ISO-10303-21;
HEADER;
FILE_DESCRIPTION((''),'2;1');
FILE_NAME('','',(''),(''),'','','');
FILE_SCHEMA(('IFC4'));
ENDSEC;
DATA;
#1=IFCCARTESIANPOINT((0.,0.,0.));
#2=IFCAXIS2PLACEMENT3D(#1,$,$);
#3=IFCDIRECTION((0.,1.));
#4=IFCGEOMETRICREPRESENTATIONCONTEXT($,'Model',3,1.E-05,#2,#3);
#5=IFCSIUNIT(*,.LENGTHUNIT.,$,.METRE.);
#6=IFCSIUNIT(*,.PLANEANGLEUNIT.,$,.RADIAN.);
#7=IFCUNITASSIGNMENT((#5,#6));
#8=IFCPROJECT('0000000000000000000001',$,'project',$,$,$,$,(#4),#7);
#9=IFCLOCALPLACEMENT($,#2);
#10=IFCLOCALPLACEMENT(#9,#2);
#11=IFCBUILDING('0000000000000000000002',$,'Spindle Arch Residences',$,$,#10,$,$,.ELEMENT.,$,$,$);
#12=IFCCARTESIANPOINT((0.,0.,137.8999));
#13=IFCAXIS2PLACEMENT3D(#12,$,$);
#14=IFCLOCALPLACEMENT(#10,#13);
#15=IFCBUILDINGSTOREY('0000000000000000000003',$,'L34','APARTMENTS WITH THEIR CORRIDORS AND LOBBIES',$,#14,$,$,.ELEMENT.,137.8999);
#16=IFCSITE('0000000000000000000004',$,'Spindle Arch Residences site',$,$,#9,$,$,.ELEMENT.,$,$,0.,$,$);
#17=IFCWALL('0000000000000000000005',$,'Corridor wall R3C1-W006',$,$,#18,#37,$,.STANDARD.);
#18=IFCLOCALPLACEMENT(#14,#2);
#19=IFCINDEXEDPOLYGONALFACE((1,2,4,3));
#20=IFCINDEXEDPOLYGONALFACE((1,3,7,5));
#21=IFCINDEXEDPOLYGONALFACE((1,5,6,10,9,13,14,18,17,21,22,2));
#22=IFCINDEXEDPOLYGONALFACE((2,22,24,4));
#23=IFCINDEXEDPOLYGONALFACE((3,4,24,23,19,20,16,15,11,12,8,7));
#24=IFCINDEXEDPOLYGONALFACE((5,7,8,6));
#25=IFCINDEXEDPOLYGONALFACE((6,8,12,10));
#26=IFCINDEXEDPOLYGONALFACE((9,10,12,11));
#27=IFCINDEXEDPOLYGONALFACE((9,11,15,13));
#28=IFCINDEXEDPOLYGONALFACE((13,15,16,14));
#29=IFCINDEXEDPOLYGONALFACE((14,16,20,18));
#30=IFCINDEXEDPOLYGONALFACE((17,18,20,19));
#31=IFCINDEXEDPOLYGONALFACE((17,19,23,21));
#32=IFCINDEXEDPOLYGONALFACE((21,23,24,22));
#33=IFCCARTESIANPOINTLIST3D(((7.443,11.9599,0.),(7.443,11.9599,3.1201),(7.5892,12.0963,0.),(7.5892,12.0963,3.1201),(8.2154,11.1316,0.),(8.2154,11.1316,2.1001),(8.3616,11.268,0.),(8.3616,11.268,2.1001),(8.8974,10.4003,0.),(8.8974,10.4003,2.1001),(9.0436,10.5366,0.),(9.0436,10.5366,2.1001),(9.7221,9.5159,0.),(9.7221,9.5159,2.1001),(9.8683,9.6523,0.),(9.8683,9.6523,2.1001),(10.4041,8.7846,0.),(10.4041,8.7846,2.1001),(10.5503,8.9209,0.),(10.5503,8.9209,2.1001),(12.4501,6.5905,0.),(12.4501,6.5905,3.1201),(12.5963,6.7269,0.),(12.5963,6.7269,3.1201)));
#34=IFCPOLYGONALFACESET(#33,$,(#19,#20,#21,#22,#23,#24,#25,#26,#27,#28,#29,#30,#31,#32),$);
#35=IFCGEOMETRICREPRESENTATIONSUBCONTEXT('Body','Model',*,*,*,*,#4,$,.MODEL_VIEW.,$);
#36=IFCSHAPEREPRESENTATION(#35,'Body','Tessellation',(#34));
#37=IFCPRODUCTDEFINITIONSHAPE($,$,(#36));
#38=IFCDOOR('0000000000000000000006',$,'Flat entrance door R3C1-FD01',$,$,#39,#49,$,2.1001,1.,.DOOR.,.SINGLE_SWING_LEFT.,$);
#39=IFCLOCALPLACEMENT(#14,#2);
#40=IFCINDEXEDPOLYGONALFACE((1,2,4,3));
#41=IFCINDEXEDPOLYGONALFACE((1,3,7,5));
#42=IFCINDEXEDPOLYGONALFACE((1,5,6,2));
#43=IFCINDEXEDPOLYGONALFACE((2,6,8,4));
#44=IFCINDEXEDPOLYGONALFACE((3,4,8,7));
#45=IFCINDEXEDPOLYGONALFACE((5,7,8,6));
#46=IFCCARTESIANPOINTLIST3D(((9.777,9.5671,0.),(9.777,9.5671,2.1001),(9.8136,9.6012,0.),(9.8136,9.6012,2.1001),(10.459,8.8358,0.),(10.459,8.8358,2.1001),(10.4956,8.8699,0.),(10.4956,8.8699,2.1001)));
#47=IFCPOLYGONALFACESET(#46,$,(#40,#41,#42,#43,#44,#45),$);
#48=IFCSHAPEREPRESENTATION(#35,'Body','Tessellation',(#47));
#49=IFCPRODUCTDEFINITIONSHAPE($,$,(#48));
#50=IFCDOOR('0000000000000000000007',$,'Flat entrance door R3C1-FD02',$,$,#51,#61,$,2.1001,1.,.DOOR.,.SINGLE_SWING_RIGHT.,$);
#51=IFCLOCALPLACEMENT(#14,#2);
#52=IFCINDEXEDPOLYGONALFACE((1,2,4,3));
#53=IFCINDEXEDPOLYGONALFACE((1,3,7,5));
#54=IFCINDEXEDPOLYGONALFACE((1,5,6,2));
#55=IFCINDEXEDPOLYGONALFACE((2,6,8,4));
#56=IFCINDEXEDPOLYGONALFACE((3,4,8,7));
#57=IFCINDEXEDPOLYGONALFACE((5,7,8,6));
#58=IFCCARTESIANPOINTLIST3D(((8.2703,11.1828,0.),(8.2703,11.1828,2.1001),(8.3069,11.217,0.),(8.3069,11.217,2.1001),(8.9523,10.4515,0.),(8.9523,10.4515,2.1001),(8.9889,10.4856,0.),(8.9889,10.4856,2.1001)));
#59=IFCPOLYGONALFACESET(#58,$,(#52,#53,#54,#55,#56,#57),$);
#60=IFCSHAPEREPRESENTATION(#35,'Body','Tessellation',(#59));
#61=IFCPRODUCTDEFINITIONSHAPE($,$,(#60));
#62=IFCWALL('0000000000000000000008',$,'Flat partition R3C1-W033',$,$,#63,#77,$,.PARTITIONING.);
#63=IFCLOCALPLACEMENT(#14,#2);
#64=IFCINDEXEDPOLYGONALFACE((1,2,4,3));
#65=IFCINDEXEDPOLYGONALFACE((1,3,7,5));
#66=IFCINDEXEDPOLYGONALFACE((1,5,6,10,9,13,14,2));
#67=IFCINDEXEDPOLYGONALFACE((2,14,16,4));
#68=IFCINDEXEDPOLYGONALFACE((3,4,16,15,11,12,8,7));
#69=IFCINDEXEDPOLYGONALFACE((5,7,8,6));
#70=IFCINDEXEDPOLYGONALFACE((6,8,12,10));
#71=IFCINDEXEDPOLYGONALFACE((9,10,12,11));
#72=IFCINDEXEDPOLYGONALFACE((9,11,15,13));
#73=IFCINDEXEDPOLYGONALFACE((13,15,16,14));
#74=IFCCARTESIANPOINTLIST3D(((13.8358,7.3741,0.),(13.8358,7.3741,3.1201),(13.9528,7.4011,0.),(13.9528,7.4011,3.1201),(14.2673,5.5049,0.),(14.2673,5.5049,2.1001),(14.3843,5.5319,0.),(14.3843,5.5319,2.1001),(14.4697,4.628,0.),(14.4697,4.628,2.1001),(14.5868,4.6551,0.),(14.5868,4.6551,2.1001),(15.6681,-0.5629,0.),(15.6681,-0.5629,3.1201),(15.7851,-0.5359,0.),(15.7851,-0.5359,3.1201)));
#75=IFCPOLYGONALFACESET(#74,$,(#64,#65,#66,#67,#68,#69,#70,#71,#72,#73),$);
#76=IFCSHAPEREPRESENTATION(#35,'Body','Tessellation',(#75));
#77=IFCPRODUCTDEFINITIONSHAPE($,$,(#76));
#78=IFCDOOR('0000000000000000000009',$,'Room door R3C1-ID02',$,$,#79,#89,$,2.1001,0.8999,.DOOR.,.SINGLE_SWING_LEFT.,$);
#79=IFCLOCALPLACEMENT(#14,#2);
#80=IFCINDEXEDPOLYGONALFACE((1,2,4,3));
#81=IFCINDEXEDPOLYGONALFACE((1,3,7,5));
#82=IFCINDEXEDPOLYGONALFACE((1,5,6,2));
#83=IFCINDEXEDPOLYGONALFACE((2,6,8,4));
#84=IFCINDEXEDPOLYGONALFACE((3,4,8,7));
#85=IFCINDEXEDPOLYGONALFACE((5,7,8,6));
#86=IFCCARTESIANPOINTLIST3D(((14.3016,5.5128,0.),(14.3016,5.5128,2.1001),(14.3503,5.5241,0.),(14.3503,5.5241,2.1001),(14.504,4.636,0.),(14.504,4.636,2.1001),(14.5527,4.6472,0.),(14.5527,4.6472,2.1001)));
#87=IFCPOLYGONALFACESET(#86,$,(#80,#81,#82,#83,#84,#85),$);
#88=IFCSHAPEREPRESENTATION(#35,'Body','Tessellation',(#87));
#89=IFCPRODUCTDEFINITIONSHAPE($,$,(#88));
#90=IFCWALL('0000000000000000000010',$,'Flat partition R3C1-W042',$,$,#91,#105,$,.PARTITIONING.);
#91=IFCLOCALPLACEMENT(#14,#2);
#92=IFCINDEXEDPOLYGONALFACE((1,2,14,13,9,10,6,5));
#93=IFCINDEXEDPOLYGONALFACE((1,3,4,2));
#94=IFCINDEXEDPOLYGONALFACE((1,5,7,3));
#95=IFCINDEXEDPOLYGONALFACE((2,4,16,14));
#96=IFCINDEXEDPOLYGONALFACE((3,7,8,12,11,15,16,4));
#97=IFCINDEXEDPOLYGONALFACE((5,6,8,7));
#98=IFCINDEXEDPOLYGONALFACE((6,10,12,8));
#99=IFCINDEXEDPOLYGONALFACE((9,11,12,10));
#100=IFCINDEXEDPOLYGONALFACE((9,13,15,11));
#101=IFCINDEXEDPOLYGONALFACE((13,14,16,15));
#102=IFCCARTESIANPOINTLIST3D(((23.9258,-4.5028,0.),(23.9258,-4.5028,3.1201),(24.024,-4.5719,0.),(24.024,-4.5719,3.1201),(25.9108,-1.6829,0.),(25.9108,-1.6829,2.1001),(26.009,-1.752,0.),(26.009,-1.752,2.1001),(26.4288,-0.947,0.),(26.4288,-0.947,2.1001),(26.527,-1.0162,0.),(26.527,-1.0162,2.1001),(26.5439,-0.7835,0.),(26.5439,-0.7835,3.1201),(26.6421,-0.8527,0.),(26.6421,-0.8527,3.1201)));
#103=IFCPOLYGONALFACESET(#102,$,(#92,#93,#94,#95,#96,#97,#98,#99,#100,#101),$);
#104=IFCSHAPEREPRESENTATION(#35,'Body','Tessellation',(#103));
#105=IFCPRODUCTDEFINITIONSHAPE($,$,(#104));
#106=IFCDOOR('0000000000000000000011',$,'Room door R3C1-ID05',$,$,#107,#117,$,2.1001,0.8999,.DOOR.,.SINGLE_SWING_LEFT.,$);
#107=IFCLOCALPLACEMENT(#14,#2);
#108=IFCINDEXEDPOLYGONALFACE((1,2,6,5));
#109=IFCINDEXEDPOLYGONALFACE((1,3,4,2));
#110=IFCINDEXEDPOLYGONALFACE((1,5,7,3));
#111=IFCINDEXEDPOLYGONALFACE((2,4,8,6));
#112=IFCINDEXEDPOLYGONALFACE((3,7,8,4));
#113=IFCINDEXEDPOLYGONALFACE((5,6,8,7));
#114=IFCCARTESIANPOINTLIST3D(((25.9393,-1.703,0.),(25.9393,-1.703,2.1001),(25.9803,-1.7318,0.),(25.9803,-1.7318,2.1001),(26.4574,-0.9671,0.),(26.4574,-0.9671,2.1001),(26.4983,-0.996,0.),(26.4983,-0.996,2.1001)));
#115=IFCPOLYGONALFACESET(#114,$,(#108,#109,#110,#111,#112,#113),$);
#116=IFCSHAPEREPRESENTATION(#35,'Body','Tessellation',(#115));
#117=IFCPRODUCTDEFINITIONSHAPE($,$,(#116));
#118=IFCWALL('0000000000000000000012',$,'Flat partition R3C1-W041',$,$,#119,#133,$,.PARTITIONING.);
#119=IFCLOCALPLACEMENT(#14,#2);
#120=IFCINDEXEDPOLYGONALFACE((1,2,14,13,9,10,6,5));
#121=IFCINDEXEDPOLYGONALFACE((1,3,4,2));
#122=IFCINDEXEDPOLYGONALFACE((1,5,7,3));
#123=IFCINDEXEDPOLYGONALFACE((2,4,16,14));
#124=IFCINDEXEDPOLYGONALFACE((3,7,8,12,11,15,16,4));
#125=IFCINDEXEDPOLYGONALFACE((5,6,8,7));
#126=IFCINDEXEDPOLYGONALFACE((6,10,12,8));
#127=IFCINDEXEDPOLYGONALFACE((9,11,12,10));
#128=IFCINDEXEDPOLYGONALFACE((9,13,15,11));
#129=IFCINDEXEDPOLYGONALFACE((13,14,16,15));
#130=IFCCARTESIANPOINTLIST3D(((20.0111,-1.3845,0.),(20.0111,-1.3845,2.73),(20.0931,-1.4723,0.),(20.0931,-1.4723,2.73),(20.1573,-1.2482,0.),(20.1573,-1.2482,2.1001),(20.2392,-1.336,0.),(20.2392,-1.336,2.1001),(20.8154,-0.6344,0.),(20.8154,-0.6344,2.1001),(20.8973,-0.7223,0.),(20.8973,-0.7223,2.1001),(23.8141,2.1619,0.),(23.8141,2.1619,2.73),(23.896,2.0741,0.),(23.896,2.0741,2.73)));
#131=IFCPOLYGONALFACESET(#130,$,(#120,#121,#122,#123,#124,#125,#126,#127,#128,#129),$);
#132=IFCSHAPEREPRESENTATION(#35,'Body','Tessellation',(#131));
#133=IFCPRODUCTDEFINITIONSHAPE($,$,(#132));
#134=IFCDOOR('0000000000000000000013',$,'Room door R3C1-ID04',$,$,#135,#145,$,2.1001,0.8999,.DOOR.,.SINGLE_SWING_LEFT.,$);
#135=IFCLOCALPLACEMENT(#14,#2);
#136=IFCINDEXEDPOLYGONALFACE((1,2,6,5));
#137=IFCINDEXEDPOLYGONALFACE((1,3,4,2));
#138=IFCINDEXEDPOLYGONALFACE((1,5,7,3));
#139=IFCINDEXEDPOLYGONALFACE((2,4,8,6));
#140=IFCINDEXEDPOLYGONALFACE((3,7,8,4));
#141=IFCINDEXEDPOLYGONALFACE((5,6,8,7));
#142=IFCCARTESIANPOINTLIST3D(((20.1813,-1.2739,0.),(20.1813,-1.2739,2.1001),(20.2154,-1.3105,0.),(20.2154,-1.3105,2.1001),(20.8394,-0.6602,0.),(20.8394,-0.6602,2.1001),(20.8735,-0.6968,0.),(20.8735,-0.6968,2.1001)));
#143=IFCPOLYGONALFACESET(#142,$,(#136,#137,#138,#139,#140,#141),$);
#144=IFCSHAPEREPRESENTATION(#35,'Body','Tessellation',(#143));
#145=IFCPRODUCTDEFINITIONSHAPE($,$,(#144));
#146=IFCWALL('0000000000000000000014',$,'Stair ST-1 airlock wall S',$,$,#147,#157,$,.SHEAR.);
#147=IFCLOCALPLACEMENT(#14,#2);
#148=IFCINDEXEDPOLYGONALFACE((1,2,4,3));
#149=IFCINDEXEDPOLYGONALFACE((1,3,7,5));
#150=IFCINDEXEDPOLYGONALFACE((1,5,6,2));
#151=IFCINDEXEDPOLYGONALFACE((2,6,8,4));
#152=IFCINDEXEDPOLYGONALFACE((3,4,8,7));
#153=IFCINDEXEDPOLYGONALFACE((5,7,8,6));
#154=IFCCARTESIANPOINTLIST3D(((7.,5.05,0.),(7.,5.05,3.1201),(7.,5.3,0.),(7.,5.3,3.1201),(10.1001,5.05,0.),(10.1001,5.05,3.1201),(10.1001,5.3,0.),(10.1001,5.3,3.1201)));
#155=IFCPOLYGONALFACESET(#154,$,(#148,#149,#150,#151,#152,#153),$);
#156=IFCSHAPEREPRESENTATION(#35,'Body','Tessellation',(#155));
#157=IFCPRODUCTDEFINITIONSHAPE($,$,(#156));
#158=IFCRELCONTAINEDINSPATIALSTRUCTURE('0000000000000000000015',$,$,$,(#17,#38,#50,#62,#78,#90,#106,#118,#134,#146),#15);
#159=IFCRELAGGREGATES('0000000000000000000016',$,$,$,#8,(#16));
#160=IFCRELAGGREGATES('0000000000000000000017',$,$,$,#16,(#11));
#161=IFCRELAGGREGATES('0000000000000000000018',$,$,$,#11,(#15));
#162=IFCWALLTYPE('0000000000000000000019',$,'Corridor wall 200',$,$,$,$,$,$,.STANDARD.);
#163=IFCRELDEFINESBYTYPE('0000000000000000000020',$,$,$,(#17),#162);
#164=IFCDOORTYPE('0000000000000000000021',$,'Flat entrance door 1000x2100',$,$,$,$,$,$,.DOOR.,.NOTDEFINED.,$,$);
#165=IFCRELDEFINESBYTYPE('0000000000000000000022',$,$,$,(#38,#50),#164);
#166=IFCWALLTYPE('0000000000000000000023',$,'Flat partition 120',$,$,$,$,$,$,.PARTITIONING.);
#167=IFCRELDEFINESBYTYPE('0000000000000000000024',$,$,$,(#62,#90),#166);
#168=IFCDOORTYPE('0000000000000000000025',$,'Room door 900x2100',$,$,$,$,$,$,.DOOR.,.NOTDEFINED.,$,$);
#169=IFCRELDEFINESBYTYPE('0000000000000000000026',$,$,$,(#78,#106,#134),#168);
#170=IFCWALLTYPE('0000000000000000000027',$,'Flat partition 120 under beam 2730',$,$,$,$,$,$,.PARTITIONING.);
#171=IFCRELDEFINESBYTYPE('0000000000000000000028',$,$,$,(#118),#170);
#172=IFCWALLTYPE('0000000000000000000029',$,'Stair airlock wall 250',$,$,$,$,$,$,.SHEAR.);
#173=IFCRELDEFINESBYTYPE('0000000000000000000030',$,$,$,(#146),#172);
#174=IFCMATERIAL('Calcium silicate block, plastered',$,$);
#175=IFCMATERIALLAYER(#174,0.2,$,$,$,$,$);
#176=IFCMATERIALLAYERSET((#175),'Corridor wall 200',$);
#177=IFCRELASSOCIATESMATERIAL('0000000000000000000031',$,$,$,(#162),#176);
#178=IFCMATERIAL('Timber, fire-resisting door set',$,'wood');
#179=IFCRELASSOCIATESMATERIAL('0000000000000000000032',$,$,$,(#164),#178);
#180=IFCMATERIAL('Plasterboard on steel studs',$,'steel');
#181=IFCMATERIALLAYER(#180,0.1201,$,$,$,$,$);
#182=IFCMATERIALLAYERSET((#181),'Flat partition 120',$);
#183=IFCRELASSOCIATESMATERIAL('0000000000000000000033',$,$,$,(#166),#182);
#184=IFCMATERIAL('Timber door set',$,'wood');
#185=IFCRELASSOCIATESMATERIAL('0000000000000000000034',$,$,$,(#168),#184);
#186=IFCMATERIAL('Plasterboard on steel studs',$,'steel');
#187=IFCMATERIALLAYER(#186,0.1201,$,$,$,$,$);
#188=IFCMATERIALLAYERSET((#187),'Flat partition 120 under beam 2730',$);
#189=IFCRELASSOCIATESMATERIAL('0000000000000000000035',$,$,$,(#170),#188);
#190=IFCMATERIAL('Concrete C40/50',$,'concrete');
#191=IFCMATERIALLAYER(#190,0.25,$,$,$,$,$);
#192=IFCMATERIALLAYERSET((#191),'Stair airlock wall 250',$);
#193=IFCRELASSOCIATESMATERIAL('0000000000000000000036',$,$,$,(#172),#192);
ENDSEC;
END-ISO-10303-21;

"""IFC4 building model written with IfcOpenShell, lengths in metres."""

from ifc_helpers import new_model, si_unit, direction, frame, frame_2d, origin, place, context, subcontext, project, spatial, rectangle, extrude, material, layer, layer_set, type_object, element, fill, save


model = new_model("IFC4")

# Units and contexts
model_context = context("Model", 3, precision=1e-05, world=origin(), true_north=direction((0.0, 1.0)))
body_context = subcontext(model_context, "Body", "Model", "MODEL_VIEW")
ifc_project = project(units=[si_unit("LENGTHUNIT", "METRE"), si_unit("PLANEANGLEUNIT", "RADIAN")], contexts=[model_context])

# Site, building, storey
site_placement = place(None, origin())
site = spatial("IfcSite", under=ifc_project, at=site_placement, Name="Spindle Arch Residences site", CompositionType="ELEMENT", RefElevation=0.0)
building_placement = place(site_placement, origin())
building = spatial("IfcBuilding", under=site, at=building_placement, Name="Spindle Arch Residences", CompositionType="ELEMENT")
storey_placement = place(building_placement, frame((0.0, 0.0, 137.8999)))
storey = spatial("IfcBuildingStorey", under=building, at=storey_placement, Name="L34", Description="APARTMENTS WITH THEIR CORRIDORS AND LOBBIES", CompositionType="ELEMENT", Elevation=137.8999)

# Shared definitions
ifc_material_1 = material(Name="Calcium silicate block, plastered")
ifc_layer_1 = layer(ifc_material_1, 0.2)
ifc_layer_set_1 = layer_set([ifc_layer_1], Name="Corridor wall 200")
wall_type_1 = type_object("IfcWallType", Name="Corridor wall 200", PredefinedType="STANDARD", material=ifc_layer_set_1)

# Wall, openings, doors
wall_1_placement = place(storey_placement, frame((12.5232, 6.6587, 0.0), z_axis=(0.0, 0.0, 1.0), x_axis=(-0.682002, 0.73135, 0.0)))
wall_1 = element("IfcWall", 1, at=wall_1_placement, inside=storey, type_object=wall_type_1, Name="Corridor wall R3C1-W006", PredefinedType="STANDARD", context=body_context, shape_type="SweptSolid", body=[
    extrude(rectangle(XDim=7.3418, YDim=0.2, at=frame_2d((3.6709, 0.0))), origin(), (0.0, 0.0, 1.0), 3.1201),
])
opening_1_placement = place(wall_1_placement, frame((3.0, 0.0, 0.0)))
opening_1 = element("IfcOpeningElement", 2, at=opening_1_placement, cuts=wall_1, PredefinedType="OPENING", context=body_context, shape_type="SweptSolid", body=[
    extrude(rectangle(XDim=1.0, YDim=2.1001, at=frame_2d((0.5, 1.05))), frame((0.0, 0.1099, 0.0), z_axis=(0.0, -1.0, 0.0), x_axis=(1.0, 0.0, 0.0)), (0.0, 0.0, 1.0), 0.22),
])
opening_2_placement = place(wall_1_placement, frame((5.2092, 0.0, 0.0)))
opening_2 = element("IfcOpeningElement", 3, at=opening_2_placement, cuts=wall_1, PredefinedType="OPENING", context=body_context, shape_type="SweptSolid", body=[
    extrude(rectangle(XDim=1.0, YDim=2.1001, at=frame_2d((0.5, 1.05))), frame((0.0, 0.1099, 0.0), z_axis=(0.0, -1.0, 0.0), x_axis=(1.0, 0.0, 0.0)), (0.0, 0.0, 1.0), 0.22),
])
ifc_material_2 = material(Name="Timber, fire-resisting door set", Category="wood")
door_type_1 = type_object("IfcDoorType", Name="Flat entrance door 1000x2100", OperationType="NOTDEFINED", PredefinedType="DOOR", material=ifc_material_2)
door_1_placement = place(opening_1_placement, origin())
door_1 = element("IfcDoor", 4, at=door_1_placement, inside=storey, type_object=door_type_1, Name="Flat entrance door R3C1-FD01", OperationType="SINGLE_SWING_LEFT", OverallHeight=2.1001, OverallWidth=1.0, PredefinedType="DOOR", context=body_context, shape_type="SweptSolid", body=[
    extrude(rectangle(XDim=1.0, YDim=2.1001, at=frame_2d((0.5, 1.05))), frame((0.0, 0.0249, 0.0), z_axis=(0.0, -1.0, 0.0), x_axis=(1.0, 0.0, 0.0)), (0.0, 0.0, 1.0), 0.05),
])
fill(opening_1, door_1)
door_2_placement = place(opening_2_placement, origin())
door_2 = element("IfcDoor", 5, at=door_2_placement, inside=storey, type_object=door_type_1, Name="Flat entrance door R3C1-FD02", OperationType="SINGLE_SWING_RIGHT", OverallHeight=2.1001, OverallWidth=1.0, PredefinedType="DOOR", context=body_context, shape_type="SweptSolid", body=[
    extrude(rectangle(XDim=1.0, YDim=2.1001, at=frame_2d((0.5, 1.05))), frame((0.0, 0.0249, 0.0), z_axis=(0.0, -1.0, 0.0), x_axis=(1.0, 0.0, 0.0)), (0.0, 0.0, 1.0), 0.05),
])
fill(opening_2, door_2)

# Walls, openings, doors
ifc_material_3 = material(Name="Plasterboard on steel studs", Category="steel")
ifc_layer_2 = layer(ifc_material_3, 0.1201)
ifc_layer_set_2 = layer_set([ifc_layer_2], Name="Flat partition 120")
wall_type_2 = type_object("IfcWallType", Name="Flat partition 120", PredefinedType="PARTITIONING", material=ifc_layer_set_2)
wall_2_placement = place(storey_placement, frame((15.7266, -0.5493, 0.0), z_axis=(0.0, 0.0, 1.0), x_axis=(-0.224936, 0.974374, 0.0)))
wall_2 = element("IfcWall", 6, at=wall_2_placement, inside=storey, type_object=wall_type_2, Name="Flat partition R3C1-W033", PredefinedType="PARTITIONING", context=body_context, shape_type="SweptSolid", body=[
    extrude(rectangle(XDim=8.1458, YDim=0.1201, at=frame_2d((4.0728, 0.0))), origin(), (0.0, 0.0, 1.0), 3.1201),
])
opening_3_placement = place(wall_2_placement, frame((5.3274, 0.0, 0.0)))
opening_3 = element("IfcOpeningElement", 7, at=opening_3_placement, cuts=wall_2, PredefinedType="OPENING", context=body_context, shape_type="SweptSolid", body=[
    extrude(rectangle(XDim=0.8999, YDim=2.1001, at=frame_2d((0.45, 1.05))), frame((0.0, 0.0701, 0.0), z_axis=(0.0, -1.0, 0.0), x_axis=(1.0, 0.0, 0.0)), (0.0, 0.0, 1.0), 0.1401),
])
ifc_material_4 = material(Name="Timber door set", Category="wood")
door_type_2 = type_object("IfcDoorType", Name="Room door 900x2100", OperationType="NOTDEFINED", PredefinedType="DOOR", material=ifc_material_4)
door_3_placement = place(opening_3_placement, origin())
door_3 = element("IfcDoor", 8, at=door_3_placement, inside=storey, type_object=door_type_2, Name="Room door R3C1-ID02", OperationType="SINGLE_SWING_LEFT", OverallHeight=2.1001, OverallWidth=0.8999, PredefinedType="DOOR", context=body_context, shape_type="SweptSolid", body=[
    extrude(rectangle(XDim=0.8999, YDim=2.1001, at=frame_2d((0.45, 1.05))), frame((0.0, 0.0249, 0.0), z_axis=(0.0, -1.0, 0.0), x_axis=(1.0, 0.0, 0.0)), (0.0, 0.0, 1.0), 0.05),
])
fill(opening_3, door_3)
wall_3_placement = place(storey_placement, frame((26.593, -0.8181, 0.0), z_axis=(0.0, 0.0, 1.0), x_axis=(-0.575629, -0.817711, 0.0)))
wall_3 = element("IfcWall", 9, at=wall_3_placement, inside=storey, type_object=wall_type_2, Name="Flat partition R3C1-W042", PredefinedType="PARTITIONING", context=body_context, shape_type="SweptSolid", body=[
    extrude(rectangle(XDim=4.5483, YDim=0.1201, at=frame_2d((2.2742, 0.0))), origin(), (0.0, 0.0, 1.0), 3.1201),
])
opening_4_placement = place(wall_3_placement, frame((0.2, 0.0, 0.0)))
opening_4 = element("IfcOpeningElement", 10, at=opening_4_placement, cuts=wall_3, PredefinedType="OPENING", context=body_context, shape_type="SweptSolid", body=[
    extrude(rectangle(XDim=0.8999, YDim=2.1001, at=frame_2d((0.45, 1.05))), frame((0.0, 0.0701, 0.0), z_axis=(0.0, -1.0, 0.0), x_axis=(1.0, 0.0, 0.0)), (0.0, 0.0, 1.0), 0.1401),
])
door_4_placement = place(opening_4_placement, origin())
door_4 = element("IfcDoor", 11, at=door_4_placement, inside=storey, type_object=door_type_2, Name="Room door R3C1-ID05", OperationType="SINGLE_SWING_LEFT", OverallHeight=2.1001, OverallWidth=0.8999, PredefinedType="DOOR", context=body_context, shape_type="SweptSolid", body=[
    extrude(rectangle(XDim=0.8999, YDim=2.1001, at=frame_2d((0.45, 1.05))), frame((0.0, 0.0249, 0.0), z_axis=(0.0, -1.0, 0.0), x_axis=(1.0, 0.0, 0.0)), (0.0, 0.0, 1.0), 0.05),
])
fill(opening_4, door_4)
ifc_material_5 = material(Name="Plasterboard on steel studs", Category="steel")
ifc_layer_3 = layer(ifc_material_5, 0.1201)
ifc_layer_set_3 = layer_set([ifc_layer_3], Name="Flat partition 120 under beam 2730")
wall_type_3 = type_object("IfcWallType", Name="Flat partition 120 under beam 2730", PredefinedType="PARTITIONING", material=ifc_layer_set_3)
wall_4_placement = place(storey_placement, frame((20.052, -1.4285, 0.0), z_axis=(0.0, 0.0, 1.0), x_axis=(0.731349, 0.682004, 0.0)))
wall_4 = element("IfcWall", 12, at=wall_4_placement, inside=storey, type_object=wall_type_3, Name="Flat partition R3C1-W041", PredefinedType="PARTITIONING", context=body_context, shape_type="SweptSolid", body=[
    extrude(rectangle(XDim=5.2, YDim=0.1201, at=frame_2d((2.6001, 0.0))), origin(), (0.0, 0.0, 1.0), 2.73),
])
opening_5_placement = place(wall_4_placement, frame((0.2, 0.0, 0.0)))
opening_5 = element("IfcOpeningElement", 13, at=opening_5_placement, cuts=wall_4, PredefinedType="OPENING", context=body_context, shape_type="SweptSolid", body=[
    extrude(rectangle(XDim=0.8999, YDim=2.1001, at=frame_2d((0.45, 1.05))), frame((0.0, 0.0701, 0.0), z_axis=(0.0, -1.0, 0.0), x_axis=(1.0, 0.0, 0.0)), (0.0, 0.0, 1.0), 0.1401),
])
door_5_placement = place(opening_5_placement, origin())
door_5 = element("IfcDoor", 14, at=door_5_placement, inside=storey, type_object=door_type_2, Name="Room door R3C1-ID04", OperationType="SINGLE_SWING_LEFT", OverallHeight=2.1001, OverallWidth=0.8999, PredefinedType="DOOR", context=body_context, shape_type="SweptSolid", body=[
    extrude(rectangle(XDim=0.8999, YDim=2.1001, at=frame_2d((0.45, 1.05))), frame((0.0, 0.0249, 0.0), z_axis=(0.0, -1.0, 0.0), x_axis=(1.0, 0.0, 0.0)), (0.0, 0.0, 1.0), 0.05),
])
fill(opening_5, door_5)

# Wall
ifc_material_6 = material(Name="Concrete C40/50", Category="concrete")
ifc_layer_4 = layer(ifc_material_6, 0.25)
ifc_layer_set_4 = layer_set([ifc_layer_4], Name="Stair airlock wall 250")
wall_type_4 = type_object("IfcWallType", Name="Stair airlock wall 250", PredefinedType="SHEAR", material=ifc_layer_set_4)
wall_5_placement = place(storey_placement, frame((7.0, 5.175, 0.0), z_axis=(0.0, 0.0, 1.0), x_axis=(1.0, 0.0, 0.0)))
element("IfcWall", 15, at=wall_5_placement, inside=storey, type_object=wall_type_4, Name="Stair ST-1 airlock wall S", PredefinedType="SHEAR", context=body_context, shape_type="SweptSolid", body=[
    extrude(rectangle(XDim=3.1001, YDim=0.25, at=frame_2d((1.55, 0.0))), origin(), (0.0, 0.0, 1.0), 3.1201),
])

save(model, "model.ifc")
